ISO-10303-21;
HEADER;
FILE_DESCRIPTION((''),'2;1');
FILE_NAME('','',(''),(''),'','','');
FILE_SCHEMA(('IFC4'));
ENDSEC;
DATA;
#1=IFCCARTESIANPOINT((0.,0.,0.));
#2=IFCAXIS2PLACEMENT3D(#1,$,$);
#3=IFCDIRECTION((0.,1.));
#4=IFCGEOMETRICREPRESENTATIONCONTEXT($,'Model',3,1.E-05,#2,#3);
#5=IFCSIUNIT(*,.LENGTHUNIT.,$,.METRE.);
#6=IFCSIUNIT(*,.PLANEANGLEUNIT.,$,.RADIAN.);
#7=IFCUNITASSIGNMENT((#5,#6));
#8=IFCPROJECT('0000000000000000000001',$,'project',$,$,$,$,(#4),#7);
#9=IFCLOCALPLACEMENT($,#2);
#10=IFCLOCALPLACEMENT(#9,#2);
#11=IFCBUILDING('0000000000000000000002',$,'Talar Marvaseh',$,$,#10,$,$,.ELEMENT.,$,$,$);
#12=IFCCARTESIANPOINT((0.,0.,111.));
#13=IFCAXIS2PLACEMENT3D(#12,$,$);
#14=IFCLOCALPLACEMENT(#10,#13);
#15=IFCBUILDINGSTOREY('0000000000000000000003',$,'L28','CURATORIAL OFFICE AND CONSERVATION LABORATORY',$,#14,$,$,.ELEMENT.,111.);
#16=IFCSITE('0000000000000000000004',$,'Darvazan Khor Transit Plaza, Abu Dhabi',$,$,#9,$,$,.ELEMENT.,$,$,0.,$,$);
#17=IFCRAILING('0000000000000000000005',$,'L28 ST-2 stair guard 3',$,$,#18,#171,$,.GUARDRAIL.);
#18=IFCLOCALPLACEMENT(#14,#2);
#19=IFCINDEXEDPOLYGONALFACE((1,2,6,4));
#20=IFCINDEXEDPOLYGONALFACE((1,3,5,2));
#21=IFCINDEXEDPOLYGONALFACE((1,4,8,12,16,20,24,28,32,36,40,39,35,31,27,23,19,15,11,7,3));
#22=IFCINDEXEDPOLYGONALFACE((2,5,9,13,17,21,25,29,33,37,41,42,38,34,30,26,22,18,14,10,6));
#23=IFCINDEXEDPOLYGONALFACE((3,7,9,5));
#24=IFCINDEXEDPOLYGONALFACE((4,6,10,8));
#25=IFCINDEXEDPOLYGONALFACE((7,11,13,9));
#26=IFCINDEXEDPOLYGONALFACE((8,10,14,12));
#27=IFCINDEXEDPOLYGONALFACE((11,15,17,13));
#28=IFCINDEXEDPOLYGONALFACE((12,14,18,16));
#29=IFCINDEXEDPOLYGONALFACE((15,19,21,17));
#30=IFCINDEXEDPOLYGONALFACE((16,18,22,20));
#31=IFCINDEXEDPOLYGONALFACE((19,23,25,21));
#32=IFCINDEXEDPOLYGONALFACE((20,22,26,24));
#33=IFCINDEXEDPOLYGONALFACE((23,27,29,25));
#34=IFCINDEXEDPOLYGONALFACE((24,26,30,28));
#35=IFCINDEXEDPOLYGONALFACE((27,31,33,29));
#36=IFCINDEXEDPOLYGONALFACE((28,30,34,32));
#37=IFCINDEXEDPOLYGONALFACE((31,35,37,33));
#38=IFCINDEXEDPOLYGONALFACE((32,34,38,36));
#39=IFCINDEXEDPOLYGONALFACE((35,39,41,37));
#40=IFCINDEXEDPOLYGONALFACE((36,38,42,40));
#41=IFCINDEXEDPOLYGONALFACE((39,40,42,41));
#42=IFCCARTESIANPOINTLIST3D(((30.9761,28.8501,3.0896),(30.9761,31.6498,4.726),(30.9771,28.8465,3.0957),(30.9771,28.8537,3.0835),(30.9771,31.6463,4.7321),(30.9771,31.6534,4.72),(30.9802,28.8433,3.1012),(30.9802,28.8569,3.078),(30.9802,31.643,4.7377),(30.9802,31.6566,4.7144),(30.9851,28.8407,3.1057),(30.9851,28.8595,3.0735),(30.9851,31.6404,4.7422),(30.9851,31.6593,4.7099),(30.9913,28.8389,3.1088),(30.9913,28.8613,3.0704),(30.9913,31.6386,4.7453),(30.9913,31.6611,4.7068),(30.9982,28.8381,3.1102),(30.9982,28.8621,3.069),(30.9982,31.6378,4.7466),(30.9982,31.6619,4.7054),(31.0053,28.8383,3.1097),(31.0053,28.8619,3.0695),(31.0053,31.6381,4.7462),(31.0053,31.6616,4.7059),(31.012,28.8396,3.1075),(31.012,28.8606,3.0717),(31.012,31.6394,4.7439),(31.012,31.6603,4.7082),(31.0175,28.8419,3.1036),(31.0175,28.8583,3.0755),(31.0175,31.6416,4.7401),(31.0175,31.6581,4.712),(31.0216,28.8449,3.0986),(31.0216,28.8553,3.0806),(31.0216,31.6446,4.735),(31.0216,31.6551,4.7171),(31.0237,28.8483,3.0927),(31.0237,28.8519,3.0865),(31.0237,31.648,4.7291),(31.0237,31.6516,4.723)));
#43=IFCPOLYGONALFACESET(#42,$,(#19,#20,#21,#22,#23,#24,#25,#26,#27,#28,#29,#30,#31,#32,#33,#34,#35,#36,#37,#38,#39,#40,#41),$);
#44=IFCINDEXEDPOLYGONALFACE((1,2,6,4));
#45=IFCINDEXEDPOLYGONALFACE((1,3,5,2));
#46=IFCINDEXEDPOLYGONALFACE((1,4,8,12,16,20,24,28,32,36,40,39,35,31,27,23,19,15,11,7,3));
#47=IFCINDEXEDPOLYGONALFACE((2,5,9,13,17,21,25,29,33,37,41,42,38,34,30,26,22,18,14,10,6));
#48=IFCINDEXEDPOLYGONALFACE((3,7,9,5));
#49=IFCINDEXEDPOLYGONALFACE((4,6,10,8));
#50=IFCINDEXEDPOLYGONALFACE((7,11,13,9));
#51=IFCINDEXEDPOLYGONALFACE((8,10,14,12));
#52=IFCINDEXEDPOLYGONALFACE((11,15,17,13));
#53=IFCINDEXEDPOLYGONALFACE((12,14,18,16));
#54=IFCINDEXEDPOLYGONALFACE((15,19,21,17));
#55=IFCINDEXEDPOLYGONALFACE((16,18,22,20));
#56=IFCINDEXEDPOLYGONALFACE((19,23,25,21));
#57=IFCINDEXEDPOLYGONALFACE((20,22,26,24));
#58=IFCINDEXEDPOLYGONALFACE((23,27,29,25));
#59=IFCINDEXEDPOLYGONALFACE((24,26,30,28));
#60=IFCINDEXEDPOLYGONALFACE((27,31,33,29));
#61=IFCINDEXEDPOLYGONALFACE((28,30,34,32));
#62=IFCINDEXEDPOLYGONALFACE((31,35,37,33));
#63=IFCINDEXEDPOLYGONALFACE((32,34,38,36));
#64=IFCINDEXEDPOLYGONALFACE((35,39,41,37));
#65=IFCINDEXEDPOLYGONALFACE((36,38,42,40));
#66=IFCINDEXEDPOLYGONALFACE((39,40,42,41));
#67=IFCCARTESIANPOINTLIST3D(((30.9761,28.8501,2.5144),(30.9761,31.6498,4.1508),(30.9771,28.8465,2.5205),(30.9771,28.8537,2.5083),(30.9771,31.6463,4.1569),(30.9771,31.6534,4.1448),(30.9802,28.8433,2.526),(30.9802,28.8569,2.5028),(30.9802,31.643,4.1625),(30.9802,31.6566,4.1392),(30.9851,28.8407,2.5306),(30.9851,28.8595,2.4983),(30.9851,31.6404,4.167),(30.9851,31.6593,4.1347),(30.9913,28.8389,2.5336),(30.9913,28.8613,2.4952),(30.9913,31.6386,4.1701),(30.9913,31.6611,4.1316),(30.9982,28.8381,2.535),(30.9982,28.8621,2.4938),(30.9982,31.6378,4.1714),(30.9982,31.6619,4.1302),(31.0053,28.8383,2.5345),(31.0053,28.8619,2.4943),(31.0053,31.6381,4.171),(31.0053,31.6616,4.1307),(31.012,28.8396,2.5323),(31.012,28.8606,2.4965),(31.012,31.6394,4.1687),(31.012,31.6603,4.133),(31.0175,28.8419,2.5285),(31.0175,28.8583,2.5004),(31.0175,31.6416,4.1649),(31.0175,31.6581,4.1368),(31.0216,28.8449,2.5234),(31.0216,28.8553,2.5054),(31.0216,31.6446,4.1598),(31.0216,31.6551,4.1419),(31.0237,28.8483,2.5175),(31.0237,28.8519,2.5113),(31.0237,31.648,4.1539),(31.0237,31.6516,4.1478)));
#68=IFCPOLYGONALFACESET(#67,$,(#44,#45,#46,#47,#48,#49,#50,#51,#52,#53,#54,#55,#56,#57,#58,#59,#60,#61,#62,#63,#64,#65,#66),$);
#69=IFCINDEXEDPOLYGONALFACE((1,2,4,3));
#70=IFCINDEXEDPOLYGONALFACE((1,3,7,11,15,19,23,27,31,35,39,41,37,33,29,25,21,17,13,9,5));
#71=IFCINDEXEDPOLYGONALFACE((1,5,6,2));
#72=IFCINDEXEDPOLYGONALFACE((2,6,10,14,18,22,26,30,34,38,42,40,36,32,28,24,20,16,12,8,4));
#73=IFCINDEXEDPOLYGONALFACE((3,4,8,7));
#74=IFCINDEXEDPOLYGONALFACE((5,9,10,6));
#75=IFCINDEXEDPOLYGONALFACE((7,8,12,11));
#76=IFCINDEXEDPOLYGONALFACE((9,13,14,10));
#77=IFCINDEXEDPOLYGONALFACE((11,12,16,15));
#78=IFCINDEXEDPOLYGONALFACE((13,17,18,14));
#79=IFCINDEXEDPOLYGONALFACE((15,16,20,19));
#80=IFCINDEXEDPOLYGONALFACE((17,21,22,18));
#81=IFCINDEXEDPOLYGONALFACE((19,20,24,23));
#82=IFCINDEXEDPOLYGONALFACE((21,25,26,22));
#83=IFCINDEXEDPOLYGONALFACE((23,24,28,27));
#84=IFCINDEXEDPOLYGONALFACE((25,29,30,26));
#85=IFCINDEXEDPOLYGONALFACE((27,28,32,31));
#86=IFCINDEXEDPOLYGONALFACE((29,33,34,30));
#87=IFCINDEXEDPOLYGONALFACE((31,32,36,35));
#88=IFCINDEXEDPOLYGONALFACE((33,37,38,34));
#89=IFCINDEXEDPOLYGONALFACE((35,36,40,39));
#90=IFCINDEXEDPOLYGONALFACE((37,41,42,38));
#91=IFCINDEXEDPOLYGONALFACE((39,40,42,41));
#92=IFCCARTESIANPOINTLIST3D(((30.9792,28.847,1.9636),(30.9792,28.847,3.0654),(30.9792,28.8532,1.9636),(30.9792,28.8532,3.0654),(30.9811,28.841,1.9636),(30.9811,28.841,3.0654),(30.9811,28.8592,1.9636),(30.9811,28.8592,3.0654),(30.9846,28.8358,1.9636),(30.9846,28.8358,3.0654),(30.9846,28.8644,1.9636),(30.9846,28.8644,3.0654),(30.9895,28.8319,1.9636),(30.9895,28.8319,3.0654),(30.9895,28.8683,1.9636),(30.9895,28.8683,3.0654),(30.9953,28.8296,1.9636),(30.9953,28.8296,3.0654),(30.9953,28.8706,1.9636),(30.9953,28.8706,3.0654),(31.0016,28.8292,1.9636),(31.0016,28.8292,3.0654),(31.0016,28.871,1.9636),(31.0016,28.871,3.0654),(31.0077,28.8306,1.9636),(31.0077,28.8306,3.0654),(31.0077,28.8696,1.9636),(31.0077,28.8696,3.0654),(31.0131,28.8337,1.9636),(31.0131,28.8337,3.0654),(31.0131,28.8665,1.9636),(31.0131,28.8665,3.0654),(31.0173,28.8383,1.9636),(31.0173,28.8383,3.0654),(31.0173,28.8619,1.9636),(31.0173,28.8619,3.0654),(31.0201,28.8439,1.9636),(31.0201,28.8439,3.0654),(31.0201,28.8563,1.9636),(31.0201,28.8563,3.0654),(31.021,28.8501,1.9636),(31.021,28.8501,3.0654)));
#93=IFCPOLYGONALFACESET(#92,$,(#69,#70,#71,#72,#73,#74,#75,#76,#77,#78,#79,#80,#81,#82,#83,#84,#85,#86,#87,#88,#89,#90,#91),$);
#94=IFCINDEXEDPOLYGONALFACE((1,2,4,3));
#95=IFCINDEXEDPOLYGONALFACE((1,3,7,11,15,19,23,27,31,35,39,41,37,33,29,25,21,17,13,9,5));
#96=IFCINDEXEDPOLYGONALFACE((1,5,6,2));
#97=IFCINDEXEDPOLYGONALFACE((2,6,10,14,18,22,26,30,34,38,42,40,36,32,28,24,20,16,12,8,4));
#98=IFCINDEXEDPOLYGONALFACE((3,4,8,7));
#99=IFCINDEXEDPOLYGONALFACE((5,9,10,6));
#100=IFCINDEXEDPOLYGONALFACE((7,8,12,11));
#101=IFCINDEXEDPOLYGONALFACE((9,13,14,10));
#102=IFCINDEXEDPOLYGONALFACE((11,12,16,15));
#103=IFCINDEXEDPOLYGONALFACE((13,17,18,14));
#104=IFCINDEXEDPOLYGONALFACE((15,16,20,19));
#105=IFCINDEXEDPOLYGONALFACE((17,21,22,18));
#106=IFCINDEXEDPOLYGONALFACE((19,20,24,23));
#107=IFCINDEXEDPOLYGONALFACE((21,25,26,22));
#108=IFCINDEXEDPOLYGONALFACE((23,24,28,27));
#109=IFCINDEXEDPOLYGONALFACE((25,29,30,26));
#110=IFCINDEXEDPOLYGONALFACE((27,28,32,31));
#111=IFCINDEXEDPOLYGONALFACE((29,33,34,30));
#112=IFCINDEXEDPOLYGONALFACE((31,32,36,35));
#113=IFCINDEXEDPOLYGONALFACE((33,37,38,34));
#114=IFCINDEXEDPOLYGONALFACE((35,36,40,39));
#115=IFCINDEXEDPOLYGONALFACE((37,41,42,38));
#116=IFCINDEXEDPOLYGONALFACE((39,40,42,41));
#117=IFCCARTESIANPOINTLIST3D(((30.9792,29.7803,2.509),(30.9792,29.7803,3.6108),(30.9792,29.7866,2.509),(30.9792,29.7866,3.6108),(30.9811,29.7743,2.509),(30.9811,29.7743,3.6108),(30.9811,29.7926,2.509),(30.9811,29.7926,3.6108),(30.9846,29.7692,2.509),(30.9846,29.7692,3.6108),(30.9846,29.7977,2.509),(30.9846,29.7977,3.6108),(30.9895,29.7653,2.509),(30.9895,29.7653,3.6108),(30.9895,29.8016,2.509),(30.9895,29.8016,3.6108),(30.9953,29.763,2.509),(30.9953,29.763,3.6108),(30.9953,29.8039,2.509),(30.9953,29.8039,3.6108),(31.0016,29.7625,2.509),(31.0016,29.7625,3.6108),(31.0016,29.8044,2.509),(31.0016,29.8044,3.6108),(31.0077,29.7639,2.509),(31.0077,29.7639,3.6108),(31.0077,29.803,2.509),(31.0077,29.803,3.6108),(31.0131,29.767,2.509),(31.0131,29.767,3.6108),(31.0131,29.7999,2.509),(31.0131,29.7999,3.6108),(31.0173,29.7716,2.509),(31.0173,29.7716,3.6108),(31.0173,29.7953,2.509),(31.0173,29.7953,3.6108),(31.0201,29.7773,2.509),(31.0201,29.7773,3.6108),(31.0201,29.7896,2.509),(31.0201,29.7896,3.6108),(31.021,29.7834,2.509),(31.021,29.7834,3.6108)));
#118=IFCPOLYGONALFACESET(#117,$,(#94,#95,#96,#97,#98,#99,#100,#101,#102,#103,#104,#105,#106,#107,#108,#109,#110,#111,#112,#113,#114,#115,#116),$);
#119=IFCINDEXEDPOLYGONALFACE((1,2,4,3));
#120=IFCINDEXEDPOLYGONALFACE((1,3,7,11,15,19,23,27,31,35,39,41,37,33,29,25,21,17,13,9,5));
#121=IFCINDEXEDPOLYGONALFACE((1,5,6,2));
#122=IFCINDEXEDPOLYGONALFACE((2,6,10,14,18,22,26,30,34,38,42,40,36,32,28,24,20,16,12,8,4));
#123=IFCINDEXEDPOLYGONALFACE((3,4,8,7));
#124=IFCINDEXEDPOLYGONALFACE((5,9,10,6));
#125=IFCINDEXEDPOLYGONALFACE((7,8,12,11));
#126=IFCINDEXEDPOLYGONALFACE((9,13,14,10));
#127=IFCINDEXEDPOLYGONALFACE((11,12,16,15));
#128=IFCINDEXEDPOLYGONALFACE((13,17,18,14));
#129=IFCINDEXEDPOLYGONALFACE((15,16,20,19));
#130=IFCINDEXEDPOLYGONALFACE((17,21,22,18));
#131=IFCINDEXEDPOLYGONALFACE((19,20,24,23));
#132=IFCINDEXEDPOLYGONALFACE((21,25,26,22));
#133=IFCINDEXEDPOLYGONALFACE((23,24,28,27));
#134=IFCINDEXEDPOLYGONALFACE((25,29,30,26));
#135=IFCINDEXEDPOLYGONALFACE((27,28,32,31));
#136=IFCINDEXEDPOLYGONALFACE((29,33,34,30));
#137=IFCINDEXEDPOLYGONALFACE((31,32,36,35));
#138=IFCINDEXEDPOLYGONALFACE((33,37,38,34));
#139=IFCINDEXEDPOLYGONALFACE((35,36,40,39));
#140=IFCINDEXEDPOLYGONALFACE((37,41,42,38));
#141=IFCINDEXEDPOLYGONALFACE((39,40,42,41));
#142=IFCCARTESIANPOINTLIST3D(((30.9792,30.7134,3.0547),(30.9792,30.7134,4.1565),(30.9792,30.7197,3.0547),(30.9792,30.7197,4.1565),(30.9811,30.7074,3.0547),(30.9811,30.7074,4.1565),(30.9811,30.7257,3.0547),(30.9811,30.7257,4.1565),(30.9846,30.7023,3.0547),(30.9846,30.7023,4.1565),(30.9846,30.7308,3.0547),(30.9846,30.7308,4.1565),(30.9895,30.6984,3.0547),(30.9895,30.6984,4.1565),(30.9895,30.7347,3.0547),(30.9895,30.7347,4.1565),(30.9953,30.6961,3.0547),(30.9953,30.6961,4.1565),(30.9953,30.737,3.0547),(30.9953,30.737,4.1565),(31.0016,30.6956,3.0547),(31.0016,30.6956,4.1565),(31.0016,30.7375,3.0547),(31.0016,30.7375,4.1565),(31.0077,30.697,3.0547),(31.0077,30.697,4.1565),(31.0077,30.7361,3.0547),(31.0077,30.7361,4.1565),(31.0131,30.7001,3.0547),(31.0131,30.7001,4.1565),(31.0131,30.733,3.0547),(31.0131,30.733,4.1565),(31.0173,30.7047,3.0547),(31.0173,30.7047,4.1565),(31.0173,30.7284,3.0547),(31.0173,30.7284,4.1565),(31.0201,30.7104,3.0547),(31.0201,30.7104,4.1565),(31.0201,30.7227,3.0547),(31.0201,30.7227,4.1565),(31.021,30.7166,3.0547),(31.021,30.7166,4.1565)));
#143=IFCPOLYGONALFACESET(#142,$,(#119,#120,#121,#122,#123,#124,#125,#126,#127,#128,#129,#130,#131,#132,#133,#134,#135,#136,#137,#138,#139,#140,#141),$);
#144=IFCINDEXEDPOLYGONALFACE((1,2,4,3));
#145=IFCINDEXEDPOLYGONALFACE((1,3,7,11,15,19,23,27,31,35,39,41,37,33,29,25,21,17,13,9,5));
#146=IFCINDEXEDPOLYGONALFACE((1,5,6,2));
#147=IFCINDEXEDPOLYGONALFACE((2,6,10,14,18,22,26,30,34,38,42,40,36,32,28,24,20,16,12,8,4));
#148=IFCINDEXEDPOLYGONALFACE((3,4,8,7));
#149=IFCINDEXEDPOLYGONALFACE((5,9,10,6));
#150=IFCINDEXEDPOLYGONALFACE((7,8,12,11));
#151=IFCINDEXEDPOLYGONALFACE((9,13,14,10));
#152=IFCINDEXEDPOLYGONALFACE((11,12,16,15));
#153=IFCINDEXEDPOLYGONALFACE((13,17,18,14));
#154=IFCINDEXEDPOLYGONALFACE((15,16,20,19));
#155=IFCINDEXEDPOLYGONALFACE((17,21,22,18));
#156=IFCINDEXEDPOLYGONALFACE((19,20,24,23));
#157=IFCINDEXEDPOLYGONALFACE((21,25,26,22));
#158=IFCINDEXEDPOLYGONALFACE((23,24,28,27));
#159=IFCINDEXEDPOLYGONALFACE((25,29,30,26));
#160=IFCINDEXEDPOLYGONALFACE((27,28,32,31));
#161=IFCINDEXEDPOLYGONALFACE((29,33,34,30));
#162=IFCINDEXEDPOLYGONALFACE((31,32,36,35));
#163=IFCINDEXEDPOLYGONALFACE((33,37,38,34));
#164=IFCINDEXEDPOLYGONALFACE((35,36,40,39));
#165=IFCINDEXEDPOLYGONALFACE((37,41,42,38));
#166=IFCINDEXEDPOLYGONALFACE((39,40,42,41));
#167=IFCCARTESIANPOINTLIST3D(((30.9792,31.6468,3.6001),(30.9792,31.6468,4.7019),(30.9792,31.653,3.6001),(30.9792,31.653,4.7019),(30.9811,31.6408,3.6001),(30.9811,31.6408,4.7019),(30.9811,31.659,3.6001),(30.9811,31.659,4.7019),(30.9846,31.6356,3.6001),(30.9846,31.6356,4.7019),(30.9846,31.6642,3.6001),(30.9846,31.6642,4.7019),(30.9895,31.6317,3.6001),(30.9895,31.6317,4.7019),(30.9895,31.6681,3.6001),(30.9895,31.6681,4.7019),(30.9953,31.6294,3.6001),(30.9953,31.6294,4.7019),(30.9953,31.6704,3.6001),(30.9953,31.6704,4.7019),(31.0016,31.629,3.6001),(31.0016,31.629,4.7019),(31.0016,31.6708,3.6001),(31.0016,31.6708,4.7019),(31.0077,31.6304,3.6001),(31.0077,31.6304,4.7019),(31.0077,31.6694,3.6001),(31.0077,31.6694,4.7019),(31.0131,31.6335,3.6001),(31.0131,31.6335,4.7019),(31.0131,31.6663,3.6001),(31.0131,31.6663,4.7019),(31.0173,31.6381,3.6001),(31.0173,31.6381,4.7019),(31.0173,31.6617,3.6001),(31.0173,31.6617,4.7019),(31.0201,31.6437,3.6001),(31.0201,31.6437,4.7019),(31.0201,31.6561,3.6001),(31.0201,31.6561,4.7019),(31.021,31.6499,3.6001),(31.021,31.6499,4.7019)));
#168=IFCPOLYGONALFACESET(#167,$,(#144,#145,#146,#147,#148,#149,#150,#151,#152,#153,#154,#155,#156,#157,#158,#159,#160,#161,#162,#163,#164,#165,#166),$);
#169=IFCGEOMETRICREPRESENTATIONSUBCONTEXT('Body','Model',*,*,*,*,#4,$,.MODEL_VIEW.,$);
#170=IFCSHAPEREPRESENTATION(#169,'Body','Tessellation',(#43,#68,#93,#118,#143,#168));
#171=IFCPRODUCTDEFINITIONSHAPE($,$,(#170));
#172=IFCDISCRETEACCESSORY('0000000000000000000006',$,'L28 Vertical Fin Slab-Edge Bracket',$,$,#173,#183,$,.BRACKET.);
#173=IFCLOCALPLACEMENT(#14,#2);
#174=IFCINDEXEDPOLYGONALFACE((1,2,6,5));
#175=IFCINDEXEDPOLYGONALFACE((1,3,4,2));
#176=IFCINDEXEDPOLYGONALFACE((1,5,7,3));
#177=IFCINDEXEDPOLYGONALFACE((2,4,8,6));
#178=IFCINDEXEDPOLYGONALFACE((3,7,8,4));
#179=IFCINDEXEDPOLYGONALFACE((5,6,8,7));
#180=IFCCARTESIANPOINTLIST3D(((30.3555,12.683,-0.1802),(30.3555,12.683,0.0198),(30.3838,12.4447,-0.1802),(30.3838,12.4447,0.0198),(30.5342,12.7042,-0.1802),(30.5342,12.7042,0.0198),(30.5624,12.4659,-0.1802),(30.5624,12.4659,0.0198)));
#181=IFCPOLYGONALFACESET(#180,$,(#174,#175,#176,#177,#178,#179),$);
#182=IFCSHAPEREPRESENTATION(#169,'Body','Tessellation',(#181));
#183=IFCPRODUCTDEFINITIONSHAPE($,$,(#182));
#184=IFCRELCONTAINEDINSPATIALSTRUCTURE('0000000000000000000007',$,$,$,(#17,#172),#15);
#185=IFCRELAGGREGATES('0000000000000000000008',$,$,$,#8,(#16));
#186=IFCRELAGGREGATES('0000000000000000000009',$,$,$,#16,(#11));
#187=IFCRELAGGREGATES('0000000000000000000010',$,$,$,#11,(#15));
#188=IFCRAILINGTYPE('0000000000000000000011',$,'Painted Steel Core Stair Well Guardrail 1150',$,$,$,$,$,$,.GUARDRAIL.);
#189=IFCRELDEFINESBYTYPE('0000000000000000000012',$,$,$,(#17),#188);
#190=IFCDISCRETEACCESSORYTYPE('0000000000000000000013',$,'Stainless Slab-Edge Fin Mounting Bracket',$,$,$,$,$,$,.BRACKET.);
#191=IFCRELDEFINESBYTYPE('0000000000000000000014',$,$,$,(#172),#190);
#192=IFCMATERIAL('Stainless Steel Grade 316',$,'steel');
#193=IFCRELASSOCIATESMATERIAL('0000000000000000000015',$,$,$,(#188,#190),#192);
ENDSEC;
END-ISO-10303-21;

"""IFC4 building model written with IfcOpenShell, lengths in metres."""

from ifc_helpers import new_model, si_unit, direction, frame, origin, origin_2d, place, context, subcontext, project, spatial, rectangle, circle, extrude, source, transform, mapped, material, type_object, type_shapes, element, save


model = new_model("IFC4")

# Units and contexts
model_context = context("Model", 3, precision=1e-05, world=origin(), true_north=direction((0.0, 1.0)))
body_context = subcontext(model_context, "Body", "Model", "MODEL_VIEW")
ifc_project = project(units=[si_unit("LENGTHUNIT", "METRE"), si_unit("PLANEANGLEUNIT", "RADIAN")], contexts=[model_context])

# Site, building, storey
site_placement = place(None, origin())
site = spatial("IfcSite", under=ifc_project, at=site_placement, Name="Darvazan Khor Transit Plaza, Abu Dhabi", CompositionType="ELEMENT", RefElevation=0.0)
building_placement = place(site_placement, origin())
building = spatial("IfcBuilding", under=site, at=building_placement, Name="Talar Marvaseh", CompositionType="ELEMENT")
storey_placement = place(building_placement, frame((0.0, 0.0, 111.0)))
storey = spatial("IfcBuildingStorey", under=building, at=storey_placement, Name="L28", Description="CURATORIAL OFFICE AND CONSERVATION LABORATORY", CompositionType="ELEMENT", Elevation=111.0)

# Railing
ifc_material_1 = material(Name="Stainless Steel Grade 316", Category="steel")
railing_type_1 = type_object("IfcRailingType", Name="Painted Steel Core Stair Well Guardrail 1150", PredefinedType="GUARDRAIL", material=ifc_material_1)
railing_1_placement = place(storey_placement, frame((31.0, 28.8501, 1.9636)))
element("IfcRailing", 1, at=railing_1_placement, inside=storey, type_object=railing_type_1, Name="L28 ST-2 stair guard 3", PredefinedType="GUARDRAIL", context=body_context, shape_type="SweptSolid", body=[
    extrude(circle(Radius=0.0239, at=origin_2d()), frame((0.0, 0.0, 1.126), z_axis=(0.0, 0.863342, 0.50462), x_axis=(-1.0, 0.0, 0.0)), (0.0, 0.0, 1.0), 3.2429),
    extrude(circle(Radius=0.0239, at=origin_2d()), frame((0.0, 0.0, 0.5508), z_axis=(0.0, 0.863342, 0.50462), x_axis=(-1.0, 0.0, 0.0)), (0.0, 0.0, 1.0), 3.2429),
    extrude(circle(Radius=0.021, at=origin_2d()), origin(), (0.0, 0.0, 1.0), 1.1018),
    extrude(circle(Radius=0.021, at=origin_2d()), frame((0.0, 0.9333, 0.5454)), (0.0, 0.0, 1.0), 1.1018),
    extrude(circle(Radius=0.021, at=origin_2d()), frame((0.0, 1.8665, 1.0911)), (0.0, 0.0, 1.0), 1.1018),
    extrude(circle(Radius=0.021, at=origin_2d()), frame((0.0, 2.7998, 1.6365)), (0.0, 0.0, 1.0), 1.1018),
])

# Discrete accessory
discrete_accessory_type = type_object("IfcDiscreteAccessoryType", Name="Stainless Slab-Edge Fin Mounting Bracket", PredefinedType="BRACKET", material=ifc_material_1)
shared_shape_1 = source(origin(), body_context, "Body", "SweptSolid", [
    extrude(rectangle(XDim=0.24, YDim=0.1799, at=origin_2d()), origin(), (0.0, 0.0, 1.0), 0.2),
])
type_shapes(discrete_accessory_type, [shared_shape_1])
discrete_accessory_placement = place(storey_placement, frame((30.459, 12.5745, -0.1802), z_axis=(0.0, 0.0, 1.0), x_axis=(0.117711, -0.993048, 0.0)))
element("IfcDiscreteAccessory", 2, at=discrete_accessory_placement, inside=storey, type_object=discrete_accessory_type, Name="L28 Vertical Fin Slab-Edge Bracket", PredefinedType="BRACKET", context=body_context, shape_type="MappedRepresentation", body=[
    mapped(shared_shape_1, transform((0.0, 0.0, 0.0), x_axis=(1.0, 0.0, 0.0), y_axis=(0.0, 1.0, 0.0), z_axis=(0.0, 0.0, 1.0), scale=1.0)),
])

save(model, "model.ifc")
